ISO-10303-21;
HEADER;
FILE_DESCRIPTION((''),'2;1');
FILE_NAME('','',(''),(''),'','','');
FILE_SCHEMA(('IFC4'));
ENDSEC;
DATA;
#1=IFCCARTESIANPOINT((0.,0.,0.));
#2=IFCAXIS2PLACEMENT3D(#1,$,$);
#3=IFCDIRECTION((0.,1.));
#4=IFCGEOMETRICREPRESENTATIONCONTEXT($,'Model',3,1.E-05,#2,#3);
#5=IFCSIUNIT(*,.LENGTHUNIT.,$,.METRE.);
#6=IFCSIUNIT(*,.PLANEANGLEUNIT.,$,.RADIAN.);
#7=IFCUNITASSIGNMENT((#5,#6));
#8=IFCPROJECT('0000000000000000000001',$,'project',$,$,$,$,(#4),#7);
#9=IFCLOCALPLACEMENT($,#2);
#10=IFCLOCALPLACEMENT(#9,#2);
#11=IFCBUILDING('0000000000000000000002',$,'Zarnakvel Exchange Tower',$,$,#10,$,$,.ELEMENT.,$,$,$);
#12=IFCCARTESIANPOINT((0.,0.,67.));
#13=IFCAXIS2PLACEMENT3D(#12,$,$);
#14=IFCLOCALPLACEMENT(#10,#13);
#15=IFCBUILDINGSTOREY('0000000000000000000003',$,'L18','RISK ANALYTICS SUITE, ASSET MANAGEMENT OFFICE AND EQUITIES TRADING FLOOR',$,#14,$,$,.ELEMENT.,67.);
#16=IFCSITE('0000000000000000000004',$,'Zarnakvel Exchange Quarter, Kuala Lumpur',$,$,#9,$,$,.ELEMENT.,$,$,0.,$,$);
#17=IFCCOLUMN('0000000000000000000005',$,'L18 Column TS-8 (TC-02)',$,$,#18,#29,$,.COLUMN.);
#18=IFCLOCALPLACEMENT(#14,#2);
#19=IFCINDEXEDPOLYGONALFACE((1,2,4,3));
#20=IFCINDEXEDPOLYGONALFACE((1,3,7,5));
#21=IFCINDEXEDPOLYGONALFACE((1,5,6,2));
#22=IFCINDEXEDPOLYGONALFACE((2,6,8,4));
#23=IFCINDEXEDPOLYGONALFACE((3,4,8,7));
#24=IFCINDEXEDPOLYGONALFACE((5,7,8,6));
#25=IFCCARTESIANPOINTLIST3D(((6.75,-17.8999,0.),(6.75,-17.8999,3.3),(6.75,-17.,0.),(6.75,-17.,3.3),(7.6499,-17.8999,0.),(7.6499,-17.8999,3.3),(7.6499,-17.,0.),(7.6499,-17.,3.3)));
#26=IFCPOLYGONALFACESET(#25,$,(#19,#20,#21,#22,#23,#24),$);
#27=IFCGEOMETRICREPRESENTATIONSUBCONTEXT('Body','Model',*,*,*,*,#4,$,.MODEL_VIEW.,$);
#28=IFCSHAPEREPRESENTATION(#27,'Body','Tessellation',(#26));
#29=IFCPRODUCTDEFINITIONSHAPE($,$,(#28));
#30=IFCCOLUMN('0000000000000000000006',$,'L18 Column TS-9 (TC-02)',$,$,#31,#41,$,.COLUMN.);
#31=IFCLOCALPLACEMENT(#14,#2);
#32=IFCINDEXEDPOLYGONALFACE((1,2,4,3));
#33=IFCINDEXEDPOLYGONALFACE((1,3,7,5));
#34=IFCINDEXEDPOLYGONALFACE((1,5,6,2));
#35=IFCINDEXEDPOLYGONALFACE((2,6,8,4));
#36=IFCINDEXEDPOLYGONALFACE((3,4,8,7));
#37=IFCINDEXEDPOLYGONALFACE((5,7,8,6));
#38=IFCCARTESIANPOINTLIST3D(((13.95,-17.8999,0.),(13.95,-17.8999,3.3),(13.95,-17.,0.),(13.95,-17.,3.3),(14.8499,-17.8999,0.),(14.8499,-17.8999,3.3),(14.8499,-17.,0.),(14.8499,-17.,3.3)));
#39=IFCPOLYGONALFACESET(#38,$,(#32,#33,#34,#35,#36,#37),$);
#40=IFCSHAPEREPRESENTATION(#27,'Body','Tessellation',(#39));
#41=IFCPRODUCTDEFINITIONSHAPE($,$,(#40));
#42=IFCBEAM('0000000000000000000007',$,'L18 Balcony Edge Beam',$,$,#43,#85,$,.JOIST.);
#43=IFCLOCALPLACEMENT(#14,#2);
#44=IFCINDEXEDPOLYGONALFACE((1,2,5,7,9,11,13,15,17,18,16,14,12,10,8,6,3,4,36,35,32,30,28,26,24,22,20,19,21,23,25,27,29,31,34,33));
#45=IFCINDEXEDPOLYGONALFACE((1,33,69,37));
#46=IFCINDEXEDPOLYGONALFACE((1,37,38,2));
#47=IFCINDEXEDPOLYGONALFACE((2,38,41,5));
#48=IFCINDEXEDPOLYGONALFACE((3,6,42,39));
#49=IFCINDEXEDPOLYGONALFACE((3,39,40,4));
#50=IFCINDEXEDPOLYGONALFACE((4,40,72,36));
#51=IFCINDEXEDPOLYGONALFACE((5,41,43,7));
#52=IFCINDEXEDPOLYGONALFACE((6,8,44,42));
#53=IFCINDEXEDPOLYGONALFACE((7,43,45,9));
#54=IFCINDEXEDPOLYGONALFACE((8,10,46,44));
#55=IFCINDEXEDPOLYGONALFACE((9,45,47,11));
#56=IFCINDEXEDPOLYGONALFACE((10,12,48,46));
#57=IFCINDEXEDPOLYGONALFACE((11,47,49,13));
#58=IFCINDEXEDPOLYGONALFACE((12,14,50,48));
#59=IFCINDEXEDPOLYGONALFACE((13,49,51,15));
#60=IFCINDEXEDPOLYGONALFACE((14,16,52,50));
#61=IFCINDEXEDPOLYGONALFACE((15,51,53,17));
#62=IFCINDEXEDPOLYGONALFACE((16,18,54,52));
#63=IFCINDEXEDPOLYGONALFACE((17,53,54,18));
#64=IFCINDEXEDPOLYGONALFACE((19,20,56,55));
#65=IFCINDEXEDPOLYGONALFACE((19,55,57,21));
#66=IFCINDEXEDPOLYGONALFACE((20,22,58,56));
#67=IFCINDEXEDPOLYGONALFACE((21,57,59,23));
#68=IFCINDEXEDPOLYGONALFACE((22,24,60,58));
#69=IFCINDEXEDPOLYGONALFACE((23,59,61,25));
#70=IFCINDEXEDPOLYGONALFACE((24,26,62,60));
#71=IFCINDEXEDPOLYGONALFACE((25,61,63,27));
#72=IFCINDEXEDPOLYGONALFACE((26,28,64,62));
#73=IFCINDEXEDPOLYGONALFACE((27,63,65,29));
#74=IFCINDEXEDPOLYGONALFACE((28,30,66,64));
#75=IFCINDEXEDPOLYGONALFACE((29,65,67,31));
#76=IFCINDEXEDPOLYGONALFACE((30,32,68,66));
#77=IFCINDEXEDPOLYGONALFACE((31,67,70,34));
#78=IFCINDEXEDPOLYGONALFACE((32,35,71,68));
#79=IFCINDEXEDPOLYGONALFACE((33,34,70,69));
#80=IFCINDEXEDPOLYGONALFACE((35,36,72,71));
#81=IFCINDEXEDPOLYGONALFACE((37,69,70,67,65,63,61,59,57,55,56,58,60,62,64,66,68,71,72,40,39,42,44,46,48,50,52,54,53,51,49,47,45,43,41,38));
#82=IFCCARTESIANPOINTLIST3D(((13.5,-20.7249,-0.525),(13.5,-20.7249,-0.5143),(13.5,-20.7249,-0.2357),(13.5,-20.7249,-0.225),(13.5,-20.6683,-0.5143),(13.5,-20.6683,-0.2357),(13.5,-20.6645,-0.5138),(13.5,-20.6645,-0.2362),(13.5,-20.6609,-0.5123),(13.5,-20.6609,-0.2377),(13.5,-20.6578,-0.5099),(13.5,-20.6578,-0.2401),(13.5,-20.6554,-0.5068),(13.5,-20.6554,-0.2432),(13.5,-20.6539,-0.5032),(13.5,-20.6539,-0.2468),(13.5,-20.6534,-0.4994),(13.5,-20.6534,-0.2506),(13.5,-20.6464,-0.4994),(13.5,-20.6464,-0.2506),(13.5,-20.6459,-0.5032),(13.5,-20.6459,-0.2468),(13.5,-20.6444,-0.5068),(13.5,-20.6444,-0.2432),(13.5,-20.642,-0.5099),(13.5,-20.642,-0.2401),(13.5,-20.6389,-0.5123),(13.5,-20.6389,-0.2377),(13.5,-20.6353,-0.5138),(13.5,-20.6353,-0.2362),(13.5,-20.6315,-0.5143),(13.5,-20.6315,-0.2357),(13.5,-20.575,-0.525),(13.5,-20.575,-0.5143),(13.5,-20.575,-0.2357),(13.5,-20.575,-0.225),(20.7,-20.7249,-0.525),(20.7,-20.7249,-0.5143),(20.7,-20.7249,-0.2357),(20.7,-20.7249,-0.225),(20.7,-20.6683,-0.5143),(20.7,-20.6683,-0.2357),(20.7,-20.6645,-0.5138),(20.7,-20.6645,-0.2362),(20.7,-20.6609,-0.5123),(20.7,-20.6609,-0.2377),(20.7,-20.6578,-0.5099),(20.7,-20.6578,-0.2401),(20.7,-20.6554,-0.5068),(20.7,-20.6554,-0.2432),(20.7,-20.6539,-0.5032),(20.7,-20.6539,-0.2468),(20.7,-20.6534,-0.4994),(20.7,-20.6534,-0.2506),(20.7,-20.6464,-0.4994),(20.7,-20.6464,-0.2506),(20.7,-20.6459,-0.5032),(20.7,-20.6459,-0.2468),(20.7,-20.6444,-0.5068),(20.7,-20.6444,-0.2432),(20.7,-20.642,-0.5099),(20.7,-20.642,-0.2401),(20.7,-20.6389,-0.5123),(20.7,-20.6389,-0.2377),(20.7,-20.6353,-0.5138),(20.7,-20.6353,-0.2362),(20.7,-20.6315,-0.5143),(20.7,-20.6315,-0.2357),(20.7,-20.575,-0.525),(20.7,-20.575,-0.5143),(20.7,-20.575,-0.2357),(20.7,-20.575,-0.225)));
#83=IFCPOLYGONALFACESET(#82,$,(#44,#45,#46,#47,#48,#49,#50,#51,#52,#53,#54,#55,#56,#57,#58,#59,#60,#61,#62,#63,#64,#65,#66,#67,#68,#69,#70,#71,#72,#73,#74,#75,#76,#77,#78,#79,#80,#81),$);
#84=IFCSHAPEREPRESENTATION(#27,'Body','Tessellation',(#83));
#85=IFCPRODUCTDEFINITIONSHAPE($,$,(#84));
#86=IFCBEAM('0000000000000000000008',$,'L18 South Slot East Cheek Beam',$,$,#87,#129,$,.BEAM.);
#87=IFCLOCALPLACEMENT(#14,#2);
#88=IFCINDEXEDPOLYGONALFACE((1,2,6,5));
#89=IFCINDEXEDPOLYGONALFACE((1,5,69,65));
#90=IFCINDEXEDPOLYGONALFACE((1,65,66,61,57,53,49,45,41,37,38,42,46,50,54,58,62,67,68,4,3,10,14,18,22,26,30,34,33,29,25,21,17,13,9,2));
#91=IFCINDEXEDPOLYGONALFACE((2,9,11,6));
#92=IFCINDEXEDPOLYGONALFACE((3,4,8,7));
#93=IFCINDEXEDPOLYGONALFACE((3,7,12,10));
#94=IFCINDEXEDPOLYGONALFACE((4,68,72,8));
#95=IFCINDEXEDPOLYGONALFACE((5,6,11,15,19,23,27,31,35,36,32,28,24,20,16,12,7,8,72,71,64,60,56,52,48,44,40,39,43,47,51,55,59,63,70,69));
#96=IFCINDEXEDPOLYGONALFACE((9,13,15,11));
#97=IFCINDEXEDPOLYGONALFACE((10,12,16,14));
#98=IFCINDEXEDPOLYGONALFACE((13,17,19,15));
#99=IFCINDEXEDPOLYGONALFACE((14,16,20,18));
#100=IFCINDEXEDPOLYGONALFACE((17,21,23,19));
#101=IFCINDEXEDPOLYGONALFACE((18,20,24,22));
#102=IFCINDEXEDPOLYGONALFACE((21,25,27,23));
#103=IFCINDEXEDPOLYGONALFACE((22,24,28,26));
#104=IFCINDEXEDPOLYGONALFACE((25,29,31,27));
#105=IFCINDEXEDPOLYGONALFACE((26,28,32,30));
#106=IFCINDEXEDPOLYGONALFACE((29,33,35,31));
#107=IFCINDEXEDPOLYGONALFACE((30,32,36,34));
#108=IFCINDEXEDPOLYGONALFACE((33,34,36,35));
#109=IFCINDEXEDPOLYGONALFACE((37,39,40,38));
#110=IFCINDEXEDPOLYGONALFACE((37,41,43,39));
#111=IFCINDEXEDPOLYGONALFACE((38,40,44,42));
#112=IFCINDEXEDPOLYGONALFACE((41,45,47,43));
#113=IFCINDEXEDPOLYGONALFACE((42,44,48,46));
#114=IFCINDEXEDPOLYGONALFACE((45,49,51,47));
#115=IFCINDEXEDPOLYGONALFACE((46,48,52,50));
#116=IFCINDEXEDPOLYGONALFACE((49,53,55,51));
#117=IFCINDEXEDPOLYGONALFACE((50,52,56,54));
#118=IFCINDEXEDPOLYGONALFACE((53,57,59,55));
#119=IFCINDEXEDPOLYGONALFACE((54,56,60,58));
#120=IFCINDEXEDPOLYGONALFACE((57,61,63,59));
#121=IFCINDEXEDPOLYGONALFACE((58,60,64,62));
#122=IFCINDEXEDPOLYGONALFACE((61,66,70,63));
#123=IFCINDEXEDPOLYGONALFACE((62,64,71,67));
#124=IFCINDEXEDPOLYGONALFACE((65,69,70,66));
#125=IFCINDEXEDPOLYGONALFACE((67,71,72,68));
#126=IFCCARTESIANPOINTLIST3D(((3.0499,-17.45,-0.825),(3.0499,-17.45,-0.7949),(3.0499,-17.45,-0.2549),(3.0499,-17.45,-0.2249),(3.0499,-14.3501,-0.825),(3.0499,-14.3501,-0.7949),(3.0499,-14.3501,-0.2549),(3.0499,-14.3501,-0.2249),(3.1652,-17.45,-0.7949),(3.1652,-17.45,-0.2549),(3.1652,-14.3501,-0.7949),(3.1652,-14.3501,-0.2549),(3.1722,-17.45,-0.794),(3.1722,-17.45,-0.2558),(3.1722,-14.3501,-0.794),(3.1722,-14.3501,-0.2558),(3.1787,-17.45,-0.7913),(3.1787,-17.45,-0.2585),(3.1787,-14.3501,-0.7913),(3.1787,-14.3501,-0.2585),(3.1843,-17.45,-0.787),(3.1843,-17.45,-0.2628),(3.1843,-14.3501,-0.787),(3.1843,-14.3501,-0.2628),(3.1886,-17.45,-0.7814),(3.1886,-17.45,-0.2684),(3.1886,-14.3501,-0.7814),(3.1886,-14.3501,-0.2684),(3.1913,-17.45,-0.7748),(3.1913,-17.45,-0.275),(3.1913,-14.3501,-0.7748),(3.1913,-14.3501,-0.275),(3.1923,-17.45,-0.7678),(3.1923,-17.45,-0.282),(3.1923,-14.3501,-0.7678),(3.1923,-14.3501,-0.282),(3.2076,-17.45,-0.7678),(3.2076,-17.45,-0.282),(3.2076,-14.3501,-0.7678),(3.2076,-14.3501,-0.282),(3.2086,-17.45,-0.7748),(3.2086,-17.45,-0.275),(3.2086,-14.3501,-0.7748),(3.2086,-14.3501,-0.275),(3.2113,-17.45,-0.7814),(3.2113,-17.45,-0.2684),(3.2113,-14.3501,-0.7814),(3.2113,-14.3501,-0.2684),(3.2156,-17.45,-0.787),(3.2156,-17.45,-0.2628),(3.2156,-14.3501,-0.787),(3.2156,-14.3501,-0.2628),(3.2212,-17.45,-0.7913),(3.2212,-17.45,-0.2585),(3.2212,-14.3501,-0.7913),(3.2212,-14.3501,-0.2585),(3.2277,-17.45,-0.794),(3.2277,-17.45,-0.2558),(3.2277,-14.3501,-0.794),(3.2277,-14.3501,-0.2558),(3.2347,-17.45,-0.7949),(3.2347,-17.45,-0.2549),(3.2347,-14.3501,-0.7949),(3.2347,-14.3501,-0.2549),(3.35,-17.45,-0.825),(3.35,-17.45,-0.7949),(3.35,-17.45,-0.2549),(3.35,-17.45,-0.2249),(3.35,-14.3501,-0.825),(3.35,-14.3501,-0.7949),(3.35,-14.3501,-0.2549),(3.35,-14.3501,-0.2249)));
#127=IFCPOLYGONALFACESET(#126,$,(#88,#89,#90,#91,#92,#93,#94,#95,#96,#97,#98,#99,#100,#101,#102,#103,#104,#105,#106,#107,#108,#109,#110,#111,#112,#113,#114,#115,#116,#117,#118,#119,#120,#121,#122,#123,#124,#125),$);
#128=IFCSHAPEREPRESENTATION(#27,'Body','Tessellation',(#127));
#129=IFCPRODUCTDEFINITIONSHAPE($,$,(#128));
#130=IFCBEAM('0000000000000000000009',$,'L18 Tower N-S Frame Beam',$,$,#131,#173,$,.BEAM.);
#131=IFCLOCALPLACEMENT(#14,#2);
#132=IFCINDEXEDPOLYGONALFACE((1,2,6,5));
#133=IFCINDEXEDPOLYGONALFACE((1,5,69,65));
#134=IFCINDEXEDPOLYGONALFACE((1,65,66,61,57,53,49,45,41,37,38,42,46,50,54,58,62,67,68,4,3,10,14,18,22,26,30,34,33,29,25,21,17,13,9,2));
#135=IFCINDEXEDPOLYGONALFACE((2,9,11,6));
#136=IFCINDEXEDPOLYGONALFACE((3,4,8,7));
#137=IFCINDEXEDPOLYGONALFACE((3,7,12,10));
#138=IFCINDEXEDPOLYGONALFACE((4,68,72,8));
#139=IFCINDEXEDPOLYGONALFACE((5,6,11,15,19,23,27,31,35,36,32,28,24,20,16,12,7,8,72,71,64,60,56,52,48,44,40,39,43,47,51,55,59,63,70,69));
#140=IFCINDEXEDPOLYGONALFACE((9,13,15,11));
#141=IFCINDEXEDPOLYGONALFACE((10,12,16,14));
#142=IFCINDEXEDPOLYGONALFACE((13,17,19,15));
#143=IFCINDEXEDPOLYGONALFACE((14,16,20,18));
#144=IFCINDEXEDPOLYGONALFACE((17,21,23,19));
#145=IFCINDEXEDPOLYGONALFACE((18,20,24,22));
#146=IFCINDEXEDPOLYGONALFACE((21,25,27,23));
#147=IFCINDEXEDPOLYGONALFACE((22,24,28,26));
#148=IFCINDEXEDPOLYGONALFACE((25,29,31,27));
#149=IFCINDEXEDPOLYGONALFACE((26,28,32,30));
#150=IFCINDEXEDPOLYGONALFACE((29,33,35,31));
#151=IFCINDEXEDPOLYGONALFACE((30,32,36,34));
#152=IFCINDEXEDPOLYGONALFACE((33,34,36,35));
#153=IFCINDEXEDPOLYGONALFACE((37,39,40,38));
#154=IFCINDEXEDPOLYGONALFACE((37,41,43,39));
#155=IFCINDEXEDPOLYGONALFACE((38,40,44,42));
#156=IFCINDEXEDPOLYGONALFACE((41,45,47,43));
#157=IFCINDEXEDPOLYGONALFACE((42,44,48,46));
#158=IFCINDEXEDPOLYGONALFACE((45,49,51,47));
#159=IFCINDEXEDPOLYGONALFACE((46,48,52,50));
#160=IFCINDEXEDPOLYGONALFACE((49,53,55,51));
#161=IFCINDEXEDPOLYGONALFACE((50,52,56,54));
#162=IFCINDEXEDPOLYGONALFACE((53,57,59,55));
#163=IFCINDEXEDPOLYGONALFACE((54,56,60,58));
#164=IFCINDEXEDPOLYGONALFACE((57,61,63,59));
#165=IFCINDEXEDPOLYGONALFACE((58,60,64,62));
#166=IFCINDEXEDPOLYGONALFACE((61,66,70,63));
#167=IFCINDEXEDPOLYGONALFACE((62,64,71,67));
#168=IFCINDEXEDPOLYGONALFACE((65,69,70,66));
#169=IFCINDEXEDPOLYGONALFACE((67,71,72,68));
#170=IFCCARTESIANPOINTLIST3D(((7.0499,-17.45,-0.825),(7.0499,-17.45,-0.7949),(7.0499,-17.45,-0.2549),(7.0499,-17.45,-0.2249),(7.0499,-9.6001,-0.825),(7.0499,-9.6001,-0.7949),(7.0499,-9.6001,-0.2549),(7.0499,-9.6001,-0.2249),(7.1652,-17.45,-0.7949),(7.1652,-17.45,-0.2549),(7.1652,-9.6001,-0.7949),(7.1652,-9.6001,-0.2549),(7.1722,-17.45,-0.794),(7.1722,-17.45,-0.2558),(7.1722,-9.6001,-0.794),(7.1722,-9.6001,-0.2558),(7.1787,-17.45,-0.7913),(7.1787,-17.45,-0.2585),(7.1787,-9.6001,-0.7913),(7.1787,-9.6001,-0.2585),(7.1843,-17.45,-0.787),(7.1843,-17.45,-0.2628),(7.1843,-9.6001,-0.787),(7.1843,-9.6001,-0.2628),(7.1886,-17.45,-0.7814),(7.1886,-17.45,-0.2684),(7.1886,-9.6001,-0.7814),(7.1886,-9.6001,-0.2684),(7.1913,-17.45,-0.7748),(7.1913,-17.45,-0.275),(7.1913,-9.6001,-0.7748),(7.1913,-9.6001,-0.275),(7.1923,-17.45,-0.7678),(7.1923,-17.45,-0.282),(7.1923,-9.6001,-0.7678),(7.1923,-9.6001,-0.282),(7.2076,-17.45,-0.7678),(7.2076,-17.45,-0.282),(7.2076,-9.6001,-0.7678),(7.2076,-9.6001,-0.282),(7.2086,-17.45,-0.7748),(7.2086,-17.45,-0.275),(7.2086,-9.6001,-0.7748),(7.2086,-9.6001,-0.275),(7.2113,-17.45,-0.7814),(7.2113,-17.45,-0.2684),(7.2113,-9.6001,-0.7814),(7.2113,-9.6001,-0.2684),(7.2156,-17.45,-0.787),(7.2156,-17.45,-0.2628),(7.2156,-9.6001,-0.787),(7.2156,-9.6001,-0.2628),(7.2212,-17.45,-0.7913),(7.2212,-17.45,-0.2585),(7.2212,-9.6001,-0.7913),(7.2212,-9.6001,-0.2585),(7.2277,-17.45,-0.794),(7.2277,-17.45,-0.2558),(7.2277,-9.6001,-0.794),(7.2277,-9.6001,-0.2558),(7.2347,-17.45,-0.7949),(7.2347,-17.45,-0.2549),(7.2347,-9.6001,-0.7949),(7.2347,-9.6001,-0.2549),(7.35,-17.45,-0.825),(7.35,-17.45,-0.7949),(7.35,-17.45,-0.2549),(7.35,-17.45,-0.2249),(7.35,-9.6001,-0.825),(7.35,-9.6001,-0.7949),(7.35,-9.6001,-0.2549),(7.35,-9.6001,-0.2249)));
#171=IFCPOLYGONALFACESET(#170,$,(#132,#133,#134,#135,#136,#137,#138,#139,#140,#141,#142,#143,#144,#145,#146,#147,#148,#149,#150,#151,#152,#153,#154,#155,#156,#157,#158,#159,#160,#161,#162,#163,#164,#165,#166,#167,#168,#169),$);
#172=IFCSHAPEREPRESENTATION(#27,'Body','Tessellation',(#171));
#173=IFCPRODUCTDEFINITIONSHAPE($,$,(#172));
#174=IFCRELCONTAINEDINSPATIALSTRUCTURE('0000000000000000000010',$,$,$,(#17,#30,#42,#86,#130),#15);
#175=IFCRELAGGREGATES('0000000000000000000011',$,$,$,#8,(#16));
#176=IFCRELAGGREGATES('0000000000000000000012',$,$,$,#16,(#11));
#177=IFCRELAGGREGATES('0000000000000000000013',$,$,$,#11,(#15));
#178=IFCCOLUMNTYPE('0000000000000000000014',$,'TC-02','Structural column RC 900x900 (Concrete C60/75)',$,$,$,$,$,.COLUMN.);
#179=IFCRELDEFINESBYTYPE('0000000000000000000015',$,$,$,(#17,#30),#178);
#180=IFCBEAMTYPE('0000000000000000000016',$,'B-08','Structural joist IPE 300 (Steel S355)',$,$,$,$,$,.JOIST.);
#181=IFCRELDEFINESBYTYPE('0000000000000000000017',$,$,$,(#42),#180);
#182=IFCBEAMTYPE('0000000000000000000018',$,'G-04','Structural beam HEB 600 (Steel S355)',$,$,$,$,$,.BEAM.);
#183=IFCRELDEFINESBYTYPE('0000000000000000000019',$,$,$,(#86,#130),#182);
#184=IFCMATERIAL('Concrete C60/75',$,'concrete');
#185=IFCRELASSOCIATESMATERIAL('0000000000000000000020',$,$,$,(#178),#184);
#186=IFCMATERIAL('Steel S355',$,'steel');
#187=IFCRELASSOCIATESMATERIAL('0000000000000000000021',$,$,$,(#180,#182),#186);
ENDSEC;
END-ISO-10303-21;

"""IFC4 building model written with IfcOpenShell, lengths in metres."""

from ifc_helpers import new_model, si_unit, direction, frame, origin, origin_2d, place, context, subcontext, project, spatial, rectangle, i_section, extrude, material, material_profile, profile_set, type_object, element, save


model = new_model("IFC4")

# Units and contexts
model_context = context("Model", 3, precision=1e-05, world=origin(), true_north=direction((0.0, 1.0)))
body_context = subcontext(model_context, "Body", "Model", "MODEL_VIEW")
ifc_project = project(units=[si_unit("LENGTHUNIT", "METRE"), si_unit("PLANEANGLEUNIT", "RADIAN")], contexts=[model_context])

# Site, building, storey
site_placement = place(None, origin())
site = spatial("IfcSite", under=ifc_project, at=site_placement, Name="Zarnakvel Exchange Quarter, Kuala Lumpur", CompositionType="ELEMENT", RefElevation=0.0)
building_placement = place(site_placement, origin())
building = spatial("IfcBuilding", under=site, at=building_placement, Name="Zarnakvel Exchange Tower", CompositionType="ELEMENT")
storey_placement = place(building_placement, frame((0.0, 0.0, 67.0)))
storey = spatial("IfcBuildingStorey", under=building, at=storey_placement, Name="L18", Description="RISK ANALYTICS SUITE, ASSET MANAGEMENT OFFICE AND EQUITIES TRADING FLOOR", CompositionType="ELEMENT", Elevation=67.0)

# Columns
ifc_material_1 = material(Name="Concrete C60/75", Category="concrete")
ifc_material_profile_1 = material_profile(ifc_material_1, rectangle(XDim=0.8999, YDim=0.8999, at=origin_2d()))
ifc_profile_set_1 = profile_set([ifc_material_profile_1], Name="Concrete C60/75")
column_type = type_object("IfcColumnType", Name="TC-02", Description="Structural column RC 900x900 (Concrete C60/75)", PredefinedType="COLUMN", material=ifc_profile_set_1)
for number, where, z_axis, x_axis, name in (
    (1, (7.2, -17.45, 0.0), (0.0, 0.0, 1.0), (1.0, 0.0, 0.0), "L18 Column TS-8 (TC-02)"),
    (2, (14.3999, -17.45, 0.0), (0.0, 0.0, 1.0), (1.0, 0.0, 0.0), "L18 Column TS-9 (TC-02)"),
):
    element("IfcColumn", number, at=place(storey_placement, frame(where, z_axis=z_axis, x_axis=x_axis)), inside=storey, type_object=column_type, Name=name, PredefinedType="COLUMN", context=body_context, shape_type="SweptSolid", body=[
        extrude(rectangle(XDim=0.8999, YDim=0.8999, at=origin_2d()), origin(), (0.0, 0.0, 1.0), 3.3),
    ])

# Beams
ifc_material_2 = material(Name="Steel S355", Category="steel")
ifc_material_profile_2 = material_profile(ifc_material_2, i_section(OverallWidth=0.1499, OverallDepth=0.3, WebThickness=0.0071, FlangeThickness=0.0107, FilletRadius=0.0149, at=origin_2d()))
ifc_profile_set_2 = profile_set([ifc_material_profile_2], Name="Steel S355")
beam_type_1 = type_object("IfcBeamType", Name="B-08", Description="Structural joist IPE 300 (Steel S355)", PredefinedType="JOIST", material=ifc_profile_set_2)
beam_1_placement = place(storey_placement, frame((13.5, -20.6499, -0.375), z_axis=(1.0, 0.0, 0.0), x_axis=(0.0, 1.0, 0.0)))
element("IfcBeam", 3, at=beam_1_placement, inside=storey, type_object=beam_type_1, Name="L18 Balcony Edge Beam", PredefinedType="JOIST", context=body_context, shape_type="SweptSolid", body=[
    extrude(i_section(OverallWidth=0.1499, OverallDepth=0.3, WebThickness=0.0071, FlangeThickness=0.0107, FilletRadius=0.0149, at=origin_2d()), origin(), (0.0, 0.0, 1.0), 7.2),
])
ifc_material_profile_3 = material_profile(ifc_material_2, i_section(OverallWidth=0.3, OverallDepth=0.6001, WebThickness=0.0154, FlangeThickness=0.03, FilletRadius=0.0271, at=origin_2d()))
ifc_profile_set_3 = profile_set([ifc_material_profile_3], Name="Steel S355")
beam_type_2 = type_object("IfcBeamType", Name="G-04", Description="Structural beam HEB 600 (Steel S355)", PredefinedType="BEAM", material=ifc_profile_set_3)
beam_2_placement = place(storey_placement, frame((3.2, -17.45, -0.5249), z_axis=(0.0, 1.0, 0.0), x_axis=(-1.0, 0.0, 0.0)))
element("IfcBeam", 4, at=beam_2_placement, inside=storey, type_object=beam_type_2, Name="L18 South Slot East Cheek Beam", PredefinedType="BEAM", context=body_context, shape_type="SweptSolid", body=[
    extrude(i_section(OverallWidth=0.3, OverallDepth=0.6001, WebThickness=0.0154, FlangeThickness=0.03, FilletRadius=0.0271, at=origin_2d()), origin(), (0.0, 0.0, 1.0), 3.0999),
])
for number, where, z_axis, x_axis, name in (
    (5, (7.2, -17.45, -0.5249), (0.0, 1.0, 0.0), (-1.0, 0.0, 0.0), "L18 Tower N-S Frame Beam"),
):
    element("IfcBeam", number, at=place(storey_placement, frame(where, z_axis=z_axis, x_axis=x_axis)), inside=storey, type_object=beam_type_2, Name=name, PredefinedType="BEAM", context=body_context, shape_type="SweptSolid", body=[
        extrude(i_section(OverallWidth=0.3, OverallDepth=0.6001, WebThickness=0.0154, FlangeThickness=0.03, FilletRadius=0.0271, at=origin_2d()), origin(), (0.0, 0.0, 1.0), 7.8499),
    ])

save(model, "model.ifc")
